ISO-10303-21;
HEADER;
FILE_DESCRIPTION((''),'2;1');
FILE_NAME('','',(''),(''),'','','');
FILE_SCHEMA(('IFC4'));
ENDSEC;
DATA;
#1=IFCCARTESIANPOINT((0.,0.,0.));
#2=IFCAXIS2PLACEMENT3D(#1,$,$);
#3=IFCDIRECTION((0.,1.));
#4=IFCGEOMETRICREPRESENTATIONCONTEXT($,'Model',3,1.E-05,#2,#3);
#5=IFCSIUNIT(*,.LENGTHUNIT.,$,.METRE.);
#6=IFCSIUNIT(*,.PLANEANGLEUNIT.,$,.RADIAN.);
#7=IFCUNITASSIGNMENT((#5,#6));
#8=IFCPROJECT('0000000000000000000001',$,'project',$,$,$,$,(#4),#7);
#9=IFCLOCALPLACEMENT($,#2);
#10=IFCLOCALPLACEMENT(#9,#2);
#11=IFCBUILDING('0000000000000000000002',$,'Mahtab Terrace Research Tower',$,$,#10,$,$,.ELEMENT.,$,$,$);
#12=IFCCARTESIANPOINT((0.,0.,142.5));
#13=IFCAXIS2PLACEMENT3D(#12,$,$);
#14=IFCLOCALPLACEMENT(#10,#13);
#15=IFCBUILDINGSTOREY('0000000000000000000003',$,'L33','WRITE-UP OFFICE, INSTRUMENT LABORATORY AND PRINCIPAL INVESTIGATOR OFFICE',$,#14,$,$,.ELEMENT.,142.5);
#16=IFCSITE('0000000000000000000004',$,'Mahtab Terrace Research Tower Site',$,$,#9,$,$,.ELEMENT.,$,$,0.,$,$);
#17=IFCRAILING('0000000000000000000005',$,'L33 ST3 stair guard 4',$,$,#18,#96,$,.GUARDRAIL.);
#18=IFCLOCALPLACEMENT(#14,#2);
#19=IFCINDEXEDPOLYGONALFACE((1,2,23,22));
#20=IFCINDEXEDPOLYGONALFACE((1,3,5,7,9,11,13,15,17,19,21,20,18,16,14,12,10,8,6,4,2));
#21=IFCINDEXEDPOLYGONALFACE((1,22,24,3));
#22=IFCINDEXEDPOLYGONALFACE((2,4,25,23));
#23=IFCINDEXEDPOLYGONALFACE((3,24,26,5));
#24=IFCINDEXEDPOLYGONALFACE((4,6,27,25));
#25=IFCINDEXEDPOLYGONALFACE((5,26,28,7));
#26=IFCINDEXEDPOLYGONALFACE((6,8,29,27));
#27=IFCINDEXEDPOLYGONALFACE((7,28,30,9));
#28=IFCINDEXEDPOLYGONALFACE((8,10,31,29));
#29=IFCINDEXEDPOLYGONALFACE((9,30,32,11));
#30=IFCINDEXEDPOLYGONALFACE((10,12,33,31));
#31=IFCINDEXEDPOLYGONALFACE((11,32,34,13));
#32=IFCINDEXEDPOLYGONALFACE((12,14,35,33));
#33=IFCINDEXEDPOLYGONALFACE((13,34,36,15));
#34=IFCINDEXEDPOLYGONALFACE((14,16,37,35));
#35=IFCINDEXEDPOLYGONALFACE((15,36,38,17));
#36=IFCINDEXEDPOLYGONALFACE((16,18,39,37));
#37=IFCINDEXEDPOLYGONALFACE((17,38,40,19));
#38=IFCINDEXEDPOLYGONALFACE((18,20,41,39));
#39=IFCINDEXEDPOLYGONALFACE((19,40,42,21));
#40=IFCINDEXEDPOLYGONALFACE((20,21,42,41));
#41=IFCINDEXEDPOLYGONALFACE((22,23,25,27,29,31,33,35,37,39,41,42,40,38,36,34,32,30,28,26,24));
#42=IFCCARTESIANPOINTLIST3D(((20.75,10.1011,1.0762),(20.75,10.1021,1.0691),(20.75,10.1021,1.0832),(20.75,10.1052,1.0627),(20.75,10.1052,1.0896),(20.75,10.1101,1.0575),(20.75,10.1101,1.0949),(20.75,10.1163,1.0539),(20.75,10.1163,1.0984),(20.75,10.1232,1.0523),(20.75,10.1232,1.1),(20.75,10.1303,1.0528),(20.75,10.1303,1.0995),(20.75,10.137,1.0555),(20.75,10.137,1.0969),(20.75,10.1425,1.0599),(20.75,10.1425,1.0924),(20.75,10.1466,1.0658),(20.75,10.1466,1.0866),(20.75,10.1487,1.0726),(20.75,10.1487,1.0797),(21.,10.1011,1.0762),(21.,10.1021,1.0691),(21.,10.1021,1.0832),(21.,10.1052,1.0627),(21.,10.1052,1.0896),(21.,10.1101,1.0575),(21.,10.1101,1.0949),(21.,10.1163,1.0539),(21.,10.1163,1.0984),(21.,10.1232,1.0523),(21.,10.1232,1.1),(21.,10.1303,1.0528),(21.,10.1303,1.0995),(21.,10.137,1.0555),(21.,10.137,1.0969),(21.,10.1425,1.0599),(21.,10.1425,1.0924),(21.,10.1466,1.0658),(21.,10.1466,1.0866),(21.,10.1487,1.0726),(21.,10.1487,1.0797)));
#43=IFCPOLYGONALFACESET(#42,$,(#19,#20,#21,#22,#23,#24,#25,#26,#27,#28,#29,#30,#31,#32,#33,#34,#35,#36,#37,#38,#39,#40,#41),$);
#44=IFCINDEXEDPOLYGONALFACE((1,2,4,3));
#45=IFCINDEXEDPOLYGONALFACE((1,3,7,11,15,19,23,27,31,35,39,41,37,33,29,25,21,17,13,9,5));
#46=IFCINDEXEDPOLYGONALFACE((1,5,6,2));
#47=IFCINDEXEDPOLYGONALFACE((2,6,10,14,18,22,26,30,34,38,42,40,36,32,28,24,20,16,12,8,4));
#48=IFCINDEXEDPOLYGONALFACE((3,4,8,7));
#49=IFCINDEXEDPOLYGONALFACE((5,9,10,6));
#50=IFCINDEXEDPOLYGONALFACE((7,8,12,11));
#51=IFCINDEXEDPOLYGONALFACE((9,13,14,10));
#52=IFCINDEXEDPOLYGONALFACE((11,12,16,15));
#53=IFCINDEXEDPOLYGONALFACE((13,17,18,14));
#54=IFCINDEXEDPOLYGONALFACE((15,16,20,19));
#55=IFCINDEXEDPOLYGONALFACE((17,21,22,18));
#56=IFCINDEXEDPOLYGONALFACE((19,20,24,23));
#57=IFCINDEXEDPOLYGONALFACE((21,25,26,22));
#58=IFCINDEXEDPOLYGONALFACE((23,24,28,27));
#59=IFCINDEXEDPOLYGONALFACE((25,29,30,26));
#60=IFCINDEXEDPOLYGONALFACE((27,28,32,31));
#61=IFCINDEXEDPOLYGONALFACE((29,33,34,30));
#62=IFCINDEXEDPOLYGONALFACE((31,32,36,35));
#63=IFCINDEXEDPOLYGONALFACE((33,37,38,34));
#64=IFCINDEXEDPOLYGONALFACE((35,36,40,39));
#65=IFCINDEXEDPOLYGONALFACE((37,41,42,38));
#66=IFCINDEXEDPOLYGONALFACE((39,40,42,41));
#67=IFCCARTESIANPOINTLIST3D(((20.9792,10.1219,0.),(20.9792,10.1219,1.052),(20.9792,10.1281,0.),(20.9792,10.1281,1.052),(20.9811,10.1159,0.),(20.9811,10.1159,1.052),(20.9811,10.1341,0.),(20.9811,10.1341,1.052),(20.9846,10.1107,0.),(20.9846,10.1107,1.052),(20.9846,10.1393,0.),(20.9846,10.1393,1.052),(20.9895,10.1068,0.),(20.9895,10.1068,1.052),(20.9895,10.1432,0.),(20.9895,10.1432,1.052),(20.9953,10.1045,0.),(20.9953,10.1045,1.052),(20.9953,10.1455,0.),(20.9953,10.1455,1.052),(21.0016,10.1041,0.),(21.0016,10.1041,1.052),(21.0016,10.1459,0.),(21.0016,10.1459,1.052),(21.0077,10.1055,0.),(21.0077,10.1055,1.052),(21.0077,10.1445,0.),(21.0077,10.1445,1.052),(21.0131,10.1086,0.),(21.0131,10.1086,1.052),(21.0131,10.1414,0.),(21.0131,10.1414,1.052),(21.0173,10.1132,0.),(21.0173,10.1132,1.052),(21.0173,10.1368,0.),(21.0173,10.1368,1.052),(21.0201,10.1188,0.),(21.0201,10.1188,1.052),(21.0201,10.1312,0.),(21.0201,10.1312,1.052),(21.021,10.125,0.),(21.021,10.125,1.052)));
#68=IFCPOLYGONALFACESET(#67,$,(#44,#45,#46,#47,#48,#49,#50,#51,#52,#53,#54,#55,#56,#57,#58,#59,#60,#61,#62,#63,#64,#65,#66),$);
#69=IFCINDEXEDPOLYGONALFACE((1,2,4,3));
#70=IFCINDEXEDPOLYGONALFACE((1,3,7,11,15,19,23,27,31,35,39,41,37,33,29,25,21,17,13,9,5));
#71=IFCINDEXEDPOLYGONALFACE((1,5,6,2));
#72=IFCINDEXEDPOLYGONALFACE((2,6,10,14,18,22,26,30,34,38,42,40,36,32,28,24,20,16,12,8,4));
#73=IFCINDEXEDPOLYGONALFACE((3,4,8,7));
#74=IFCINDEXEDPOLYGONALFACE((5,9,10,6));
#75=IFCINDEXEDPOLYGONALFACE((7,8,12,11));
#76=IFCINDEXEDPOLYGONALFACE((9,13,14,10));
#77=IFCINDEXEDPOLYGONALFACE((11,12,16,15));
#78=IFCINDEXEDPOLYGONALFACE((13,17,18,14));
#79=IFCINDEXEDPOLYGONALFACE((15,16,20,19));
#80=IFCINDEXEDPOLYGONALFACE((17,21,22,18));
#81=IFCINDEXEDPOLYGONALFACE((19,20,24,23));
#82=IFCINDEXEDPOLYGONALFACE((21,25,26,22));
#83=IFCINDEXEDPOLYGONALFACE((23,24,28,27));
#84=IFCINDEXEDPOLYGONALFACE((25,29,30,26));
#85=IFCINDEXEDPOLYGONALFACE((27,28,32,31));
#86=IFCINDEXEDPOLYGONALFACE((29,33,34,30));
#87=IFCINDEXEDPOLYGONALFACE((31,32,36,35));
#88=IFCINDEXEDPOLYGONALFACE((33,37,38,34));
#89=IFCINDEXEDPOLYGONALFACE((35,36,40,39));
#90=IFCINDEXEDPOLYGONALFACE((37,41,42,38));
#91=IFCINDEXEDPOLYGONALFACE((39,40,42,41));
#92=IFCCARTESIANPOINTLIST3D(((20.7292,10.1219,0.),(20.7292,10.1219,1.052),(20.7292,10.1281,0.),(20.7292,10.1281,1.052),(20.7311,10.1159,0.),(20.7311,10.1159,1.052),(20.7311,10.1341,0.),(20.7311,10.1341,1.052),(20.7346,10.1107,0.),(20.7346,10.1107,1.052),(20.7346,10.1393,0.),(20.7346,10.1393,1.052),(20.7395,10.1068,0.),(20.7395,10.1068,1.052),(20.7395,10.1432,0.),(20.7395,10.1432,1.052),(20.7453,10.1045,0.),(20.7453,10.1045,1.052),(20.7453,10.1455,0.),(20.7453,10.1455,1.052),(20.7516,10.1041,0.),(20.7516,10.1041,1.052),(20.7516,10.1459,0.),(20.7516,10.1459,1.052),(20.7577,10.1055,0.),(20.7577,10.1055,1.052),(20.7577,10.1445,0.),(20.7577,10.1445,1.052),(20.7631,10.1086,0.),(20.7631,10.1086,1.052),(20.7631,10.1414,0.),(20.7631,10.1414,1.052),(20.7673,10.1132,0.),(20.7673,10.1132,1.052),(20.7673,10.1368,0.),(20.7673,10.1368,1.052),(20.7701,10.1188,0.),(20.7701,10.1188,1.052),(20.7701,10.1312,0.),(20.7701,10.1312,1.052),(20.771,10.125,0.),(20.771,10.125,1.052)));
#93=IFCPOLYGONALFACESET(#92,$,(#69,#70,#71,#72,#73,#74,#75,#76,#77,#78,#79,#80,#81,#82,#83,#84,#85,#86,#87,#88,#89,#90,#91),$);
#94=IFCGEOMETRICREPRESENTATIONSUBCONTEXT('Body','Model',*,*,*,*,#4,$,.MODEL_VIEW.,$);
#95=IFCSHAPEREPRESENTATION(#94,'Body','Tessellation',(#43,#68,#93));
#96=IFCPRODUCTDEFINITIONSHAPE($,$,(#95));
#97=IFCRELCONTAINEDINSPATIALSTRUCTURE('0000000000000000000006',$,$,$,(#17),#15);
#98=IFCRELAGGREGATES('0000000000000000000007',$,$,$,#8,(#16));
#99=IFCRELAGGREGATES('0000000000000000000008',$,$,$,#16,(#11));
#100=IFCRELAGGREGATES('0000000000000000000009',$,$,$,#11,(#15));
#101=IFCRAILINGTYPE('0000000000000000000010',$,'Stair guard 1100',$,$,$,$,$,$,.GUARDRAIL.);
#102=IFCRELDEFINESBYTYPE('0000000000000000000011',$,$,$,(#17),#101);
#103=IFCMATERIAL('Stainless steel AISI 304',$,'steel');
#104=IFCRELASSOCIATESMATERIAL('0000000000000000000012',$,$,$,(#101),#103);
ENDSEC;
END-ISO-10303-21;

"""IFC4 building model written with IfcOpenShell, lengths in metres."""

from ifc_helpers import new_model, si_unit, direction, frame, origin, origin_2d, place, context, subcontext, project, spatial, circle, extrude, material, type_object, element, save


model = new_model("IFC4")

# Units and contexts
model_context = context("Model", 3, precision=1e-05, world=origin(), true_north=direction((0.0, 1.0)))
body_context = subcontext(model_context, "Body", "Model", "MODEL_VIEW")
ifc_project = project(units=[si_unit("LENGTHUNIT", "METRE"), si_unit("PLANEANGLEUNIT", "RADIAN")], contexts=[model_context])

# Site, building, storey
site_placement = place(None, origin())
site = spatial("IfcSite", under=ifc_project, at=site_placement, Name="Mahtab Terrace Research Tower Site", CompositionType="ELEMENT", RefElevation=0.0)
building_placement = place(site_placement, origin())
building = spatial("IfcBuilding", under=site, at=building_placement, Name="Mahtab Terrace Research Tower", CompositionType="ELEMENT")
storey_placement = place(building_placement, frame((0.0, 0.0, 142.5)))
storey = spatial("IfcBuildingStorey", under=building, at=storey_placement, Name="L33", Description="WRITE-UP OFFICE, INSTRUMENT LABORATORY AND PRINCIPAL INVESTIGATOR OFFICE", CompositionType="ELEMENT", Elevation=142.5)

# Railing
ifc_material_1 = material(Name="Stainless steel AISI 304", Category="steel")
railing_type_1 = type_object("IfcRailingType", Name="Stair guard 1100", PredefinedType="GUARDRAIL", material=ifc_material_1)
railing_1_placement = place(storey_placement, frame((21.0, 10.125, 0.0)))
element("IfcRailing", 1, at=railing_1_placement, inside=storey, type_object=railing_type_1, Name="L33 ST3 stair guard 4", PredefinedType="GUARDRAIL", context=body_context, shape_type="SweptSolid", body=[
    extrude(circle(Radius=0.0239, at=origin_2d()), frame((0.0, 0.0, 1.0762), z_axis=(-1.0, 0.0, 0.0), x_axis=(0.0, -1.0, 0.0)), (0.0, 0.0, 1.0), 0.25),
    extrude(circle(Radius=0.021, at=origin_2d()), origin(), (0.0, 0.0, 1.0), 1.052),
    extrude(circle(Radius=0.021, at=origin_2d()), frame((-0.25, 0.0, 0.0)), (0.0, 0.0, 1.0), 1.052),
])

save(model, "model.ifc")
